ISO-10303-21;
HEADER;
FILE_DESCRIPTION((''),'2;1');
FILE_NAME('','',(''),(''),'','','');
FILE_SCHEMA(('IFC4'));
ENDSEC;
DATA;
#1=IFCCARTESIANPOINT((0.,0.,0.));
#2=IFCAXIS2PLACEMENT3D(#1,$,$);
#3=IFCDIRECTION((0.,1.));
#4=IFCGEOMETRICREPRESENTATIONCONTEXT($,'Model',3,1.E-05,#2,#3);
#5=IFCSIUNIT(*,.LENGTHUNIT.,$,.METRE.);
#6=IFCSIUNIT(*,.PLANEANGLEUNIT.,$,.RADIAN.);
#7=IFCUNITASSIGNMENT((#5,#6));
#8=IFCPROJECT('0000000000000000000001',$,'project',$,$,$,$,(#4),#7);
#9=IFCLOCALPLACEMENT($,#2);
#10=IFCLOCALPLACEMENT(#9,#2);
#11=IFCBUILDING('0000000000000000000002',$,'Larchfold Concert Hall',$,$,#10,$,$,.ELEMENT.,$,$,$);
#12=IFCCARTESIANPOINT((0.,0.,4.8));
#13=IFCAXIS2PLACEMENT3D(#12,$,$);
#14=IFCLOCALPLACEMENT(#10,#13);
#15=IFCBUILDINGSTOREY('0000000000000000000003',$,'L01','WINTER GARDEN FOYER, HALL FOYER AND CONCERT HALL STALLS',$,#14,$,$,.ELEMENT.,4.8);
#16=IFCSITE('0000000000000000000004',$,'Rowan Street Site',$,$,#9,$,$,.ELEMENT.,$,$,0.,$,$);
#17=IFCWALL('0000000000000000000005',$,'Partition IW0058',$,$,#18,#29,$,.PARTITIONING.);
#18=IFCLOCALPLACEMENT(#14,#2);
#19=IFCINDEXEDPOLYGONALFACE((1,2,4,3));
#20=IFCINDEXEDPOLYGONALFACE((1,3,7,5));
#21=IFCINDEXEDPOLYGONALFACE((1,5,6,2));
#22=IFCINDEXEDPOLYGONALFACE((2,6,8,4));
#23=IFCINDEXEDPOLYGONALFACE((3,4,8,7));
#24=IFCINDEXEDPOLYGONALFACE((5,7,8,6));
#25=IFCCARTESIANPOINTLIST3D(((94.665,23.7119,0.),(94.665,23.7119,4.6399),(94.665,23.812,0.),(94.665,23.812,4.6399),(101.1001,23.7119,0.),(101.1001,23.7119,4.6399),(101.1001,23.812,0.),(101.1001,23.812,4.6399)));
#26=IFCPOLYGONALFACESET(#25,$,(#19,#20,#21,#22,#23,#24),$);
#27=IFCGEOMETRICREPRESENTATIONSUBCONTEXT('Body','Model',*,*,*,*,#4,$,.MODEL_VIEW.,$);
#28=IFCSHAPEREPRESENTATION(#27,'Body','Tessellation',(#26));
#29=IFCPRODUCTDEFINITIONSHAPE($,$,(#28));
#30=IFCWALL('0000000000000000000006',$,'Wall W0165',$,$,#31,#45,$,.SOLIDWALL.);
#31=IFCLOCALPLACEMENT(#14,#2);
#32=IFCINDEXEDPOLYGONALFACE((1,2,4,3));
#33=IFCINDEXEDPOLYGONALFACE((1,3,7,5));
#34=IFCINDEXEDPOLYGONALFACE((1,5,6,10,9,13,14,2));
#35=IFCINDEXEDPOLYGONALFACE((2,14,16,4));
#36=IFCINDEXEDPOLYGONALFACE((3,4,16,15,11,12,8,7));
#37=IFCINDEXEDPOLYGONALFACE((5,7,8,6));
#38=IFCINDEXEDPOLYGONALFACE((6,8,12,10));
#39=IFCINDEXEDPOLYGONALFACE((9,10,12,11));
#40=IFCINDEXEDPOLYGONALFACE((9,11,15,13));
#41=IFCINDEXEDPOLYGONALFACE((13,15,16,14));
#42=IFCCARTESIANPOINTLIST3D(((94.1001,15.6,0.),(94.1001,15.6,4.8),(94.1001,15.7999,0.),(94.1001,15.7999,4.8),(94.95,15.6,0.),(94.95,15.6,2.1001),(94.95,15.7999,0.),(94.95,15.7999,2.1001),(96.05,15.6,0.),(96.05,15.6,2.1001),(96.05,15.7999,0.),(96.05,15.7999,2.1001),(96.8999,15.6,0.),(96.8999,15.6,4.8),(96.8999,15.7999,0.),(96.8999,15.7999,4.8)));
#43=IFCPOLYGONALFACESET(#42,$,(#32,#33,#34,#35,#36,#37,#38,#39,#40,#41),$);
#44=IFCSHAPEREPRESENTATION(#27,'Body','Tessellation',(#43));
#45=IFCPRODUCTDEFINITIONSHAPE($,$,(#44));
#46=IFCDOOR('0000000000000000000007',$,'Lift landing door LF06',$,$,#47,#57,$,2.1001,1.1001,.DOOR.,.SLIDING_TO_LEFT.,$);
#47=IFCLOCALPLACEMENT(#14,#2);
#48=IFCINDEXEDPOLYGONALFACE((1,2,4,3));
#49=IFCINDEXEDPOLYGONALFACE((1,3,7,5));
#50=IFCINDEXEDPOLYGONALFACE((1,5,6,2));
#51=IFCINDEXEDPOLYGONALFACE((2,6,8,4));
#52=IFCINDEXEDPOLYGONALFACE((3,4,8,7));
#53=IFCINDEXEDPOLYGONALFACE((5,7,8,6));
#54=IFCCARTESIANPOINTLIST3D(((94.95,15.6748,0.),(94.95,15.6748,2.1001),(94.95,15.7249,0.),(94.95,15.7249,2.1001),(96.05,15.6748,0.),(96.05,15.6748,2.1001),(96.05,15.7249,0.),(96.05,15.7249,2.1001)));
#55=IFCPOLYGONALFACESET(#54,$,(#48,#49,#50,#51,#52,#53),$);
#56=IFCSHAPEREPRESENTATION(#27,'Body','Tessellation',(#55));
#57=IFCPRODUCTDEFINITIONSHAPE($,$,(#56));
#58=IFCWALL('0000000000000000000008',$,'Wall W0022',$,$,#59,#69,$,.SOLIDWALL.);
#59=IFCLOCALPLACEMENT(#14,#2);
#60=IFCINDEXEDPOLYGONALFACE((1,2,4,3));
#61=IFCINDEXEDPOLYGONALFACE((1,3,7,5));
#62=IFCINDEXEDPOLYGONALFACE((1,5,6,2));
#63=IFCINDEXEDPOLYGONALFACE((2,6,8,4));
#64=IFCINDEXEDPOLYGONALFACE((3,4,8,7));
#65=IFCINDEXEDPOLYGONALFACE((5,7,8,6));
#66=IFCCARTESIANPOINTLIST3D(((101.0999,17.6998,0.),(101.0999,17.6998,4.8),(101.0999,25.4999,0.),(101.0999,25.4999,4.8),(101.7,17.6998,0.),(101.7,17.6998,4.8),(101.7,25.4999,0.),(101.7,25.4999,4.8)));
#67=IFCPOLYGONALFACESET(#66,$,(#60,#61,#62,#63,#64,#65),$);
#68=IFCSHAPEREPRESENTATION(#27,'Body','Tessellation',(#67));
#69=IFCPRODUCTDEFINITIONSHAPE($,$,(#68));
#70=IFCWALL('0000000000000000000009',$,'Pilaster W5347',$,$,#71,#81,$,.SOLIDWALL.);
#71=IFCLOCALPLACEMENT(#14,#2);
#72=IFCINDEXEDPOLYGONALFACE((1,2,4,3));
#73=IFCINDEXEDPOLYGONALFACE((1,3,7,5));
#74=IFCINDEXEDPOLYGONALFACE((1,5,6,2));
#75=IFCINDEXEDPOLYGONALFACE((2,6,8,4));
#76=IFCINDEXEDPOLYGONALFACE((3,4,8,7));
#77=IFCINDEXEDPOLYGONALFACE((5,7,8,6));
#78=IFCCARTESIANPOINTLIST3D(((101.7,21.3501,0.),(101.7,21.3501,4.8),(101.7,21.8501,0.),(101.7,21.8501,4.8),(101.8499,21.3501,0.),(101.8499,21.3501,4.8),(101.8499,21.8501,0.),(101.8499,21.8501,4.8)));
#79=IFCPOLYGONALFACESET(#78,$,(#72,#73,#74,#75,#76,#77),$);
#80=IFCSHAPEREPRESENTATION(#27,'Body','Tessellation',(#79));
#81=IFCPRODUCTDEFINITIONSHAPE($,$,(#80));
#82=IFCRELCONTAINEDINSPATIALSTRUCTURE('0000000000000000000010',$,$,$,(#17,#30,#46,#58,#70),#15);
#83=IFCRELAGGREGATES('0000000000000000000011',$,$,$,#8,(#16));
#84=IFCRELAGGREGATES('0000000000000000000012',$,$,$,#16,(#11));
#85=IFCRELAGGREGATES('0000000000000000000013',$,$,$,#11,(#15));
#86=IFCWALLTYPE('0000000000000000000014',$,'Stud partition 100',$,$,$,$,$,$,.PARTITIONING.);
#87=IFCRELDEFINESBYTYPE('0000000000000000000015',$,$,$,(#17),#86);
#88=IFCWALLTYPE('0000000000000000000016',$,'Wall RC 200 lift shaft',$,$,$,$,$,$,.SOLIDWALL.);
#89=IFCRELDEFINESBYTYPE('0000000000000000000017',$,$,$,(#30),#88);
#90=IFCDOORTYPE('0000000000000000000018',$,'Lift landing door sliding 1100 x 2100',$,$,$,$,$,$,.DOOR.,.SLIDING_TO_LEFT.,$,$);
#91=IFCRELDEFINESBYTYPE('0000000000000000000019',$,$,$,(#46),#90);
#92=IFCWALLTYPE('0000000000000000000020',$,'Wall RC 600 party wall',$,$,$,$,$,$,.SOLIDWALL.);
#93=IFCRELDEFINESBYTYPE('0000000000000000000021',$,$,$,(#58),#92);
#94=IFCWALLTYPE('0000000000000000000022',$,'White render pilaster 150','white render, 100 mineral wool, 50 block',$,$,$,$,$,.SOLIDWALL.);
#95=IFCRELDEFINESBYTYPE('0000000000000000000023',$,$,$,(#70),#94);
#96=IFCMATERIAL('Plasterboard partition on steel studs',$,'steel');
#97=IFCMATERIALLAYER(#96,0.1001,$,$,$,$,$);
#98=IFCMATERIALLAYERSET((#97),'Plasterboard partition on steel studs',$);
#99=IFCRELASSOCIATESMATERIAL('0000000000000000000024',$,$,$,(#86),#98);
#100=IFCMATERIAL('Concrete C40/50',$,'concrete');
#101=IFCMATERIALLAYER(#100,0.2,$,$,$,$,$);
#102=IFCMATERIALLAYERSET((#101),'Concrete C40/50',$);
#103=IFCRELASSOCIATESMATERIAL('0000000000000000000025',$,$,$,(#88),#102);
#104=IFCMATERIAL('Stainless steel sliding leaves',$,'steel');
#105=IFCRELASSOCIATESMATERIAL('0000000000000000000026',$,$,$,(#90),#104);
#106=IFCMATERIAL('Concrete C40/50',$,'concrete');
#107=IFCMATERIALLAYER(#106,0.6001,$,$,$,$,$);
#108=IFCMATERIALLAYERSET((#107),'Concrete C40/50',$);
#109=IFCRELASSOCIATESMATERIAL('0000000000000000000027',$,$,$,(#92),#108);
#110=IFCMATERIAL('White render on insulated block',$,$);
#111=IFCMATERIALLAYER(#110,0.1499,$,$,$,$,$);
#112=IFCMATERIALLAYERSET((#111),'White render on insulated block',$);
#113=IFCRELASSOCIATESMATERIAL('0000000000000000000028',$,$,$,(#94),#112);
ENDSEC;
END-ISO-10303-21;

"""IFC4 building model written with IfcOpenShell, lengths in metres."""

from ifc_helpers import new_model, si_unit, direction, frame, frame_2d, origin, place, context, subcontext, project, spatial, rectangle, extrude, material, layer, layer_set, type_object, element, fill, save


model = new_model("IFC4")

# Units and contexts
model_context = context("Model", 3, precision=1e-05, world=origin(), true_north=direction((0.0, 1.0)))
body_context = subcontext(model_context, "Body", "Model", "MODEL_VIEW")
ifc_project = project(units=[si_unit("LENGTHUNIT", "METRE"), si_unit("PLANEANGLEUNIT", "RADIAN")], contexts=[model_context])

# Site, building, storey
site_placement = place(None, origin())
site = spatial("IfcSite", under=ifc_project, at=site_placement, Name="Rowan Street Site", CompositionType="ELEMENT", RefElevation=0.0)
building_placement = place(site_placement, origin())
building = spatial("IfcBuilding", under=site, at=building_placement, Name="Larchfold Concert Hall", CompositionType="ELEMENT")
storey_placement = place(building_placement, frame((0.0, 0.0, 4.8)))
storey = spatial("IfcBuildingStorey", under=building, at=storey_placement, Name="L01", Description="WINTER GARDEN FOYER, HALL FOYER AND CONCERT HALL STALLS", CompositionType="ELEMENT", Elevation=4.8)

# Wall
ifc_material_1 = material(Name="Plasterboard partition on steel studs", Category="steel")
ifc_layer_1 = layer(ifc_material_1, 0.1001)
ifc_layer_set_1 = layer_set([ifc_layer_1], Name="Plasterboard partition on steel studs")
wall_type_1 = type_object("IfcWallType", Name="Stud partition 100", PredefinedType="PARTITIONING", material=ifc_layer_set_1)
wall_1_placement = place(storey_placement, frame((94.665, 23.762, 0.0), z_axis=(0.0, 0.0, 1.0), x_axis=(1.0, 0.0, 0.0)))
element("IfcWall", 1, at=wall_1_placement, inside=storey, type_object=wall_type_1, Name="Partition IW0058", PredefinedType="PARTITIONING", context=body_context, shape_type="SweptSolid", body=[
    extrude(rectangle(XDim=6.4351, YDim=0.1001, at=frame_2d((3.2175, 0.0))), origin(), (0.0, 0.0, 1.0), 4.6399),
])

# Wall, opening, door
ifc_material_2 = material(Name="Concrete C40/50", Category="concrete")
ifc_layer_2 = layer(ifc_material_2, 0.2)
ifc_layer_set_2 = layer_set([ifc_layer_2], Name="Concrete C40/50")
wall_type_2 = type_object("IfcWallType", Name="Wall RC 200 lift shaft", PredefinedType="SOLIDWALL", material=ifc_layer_set_2)
wall_2_placement = place(storey_placement, frame((94.1001, 15.7, 0.0), z_axis=(0.0, 0.0, 1.0), x_axis=(1.0, 0.0, 0.0)))
wall_2 = element("IfcWall", 2, at=wall_2_placement, inside=storey, type_object=wall_type_2, Name="Wall W0165", PredefinedType="SOLIDWALL", context=body_context, shape_type="SweptSolid", body=[
    extrude(rectangle(XDim=2.7998, YDim=0.2, at=frame_2d((1.3999, 0.0))), origin(), (0.0, 0.0, 1.0), 4.8),
])
opening_1_placement = place(wall_2_placement, frame((0.8499, 0.0, 0.0)))
opening_1 = element("IfcOpeningElement", 3, at=opening_1_placement, cuts=wall_2, PredefinedType="OPENING", context=body_context, shape_type="SweptSolid", body=[
    extrude(rectangle(XDim=1.1001, YDim=2.1001, at=frame_2d((0.55, 1.05))), frame((0.0, 0.1099, 0.0), z_axis=(0.0, -1.0, 0.0), x_axis=(1.0, 0.0, 0.0)), (0.0, 0.0, 1.0), 0.22),
])
ifc_material_3 = material(Name="Stainless steel sliding leaves", Category="steel")
door_type_1 = type_object("IfcDoorType", Name="Lift landing door sliding 1100 x 2100", OperationType="SLIDING_TO_LEFT", PredefinedType="DOOR", material=ifc_material_3)
door_1_placement = place(opening_1_placement, origin())
door_1 = element("IfcDoor", 4, at=door_1_placement, inside=storey, type_object=door_type_1, Name="Lift landing door LF06", OperationType="SLIDING_TO_LEFT", OverallHeight=2.1001, OverallWidth=1.1001, PredefinedType="DOOR", context=body_context, shape_type="SweptSolid", body=[
    extrude(rectangle(XDim=1.1001, YDim=2.1001, at=frame_2d((0.55, 1.05))), frame((0.0, 0.0249, 0.0), z_axis=(0.0, -1.0, 0.0), x_axis=(1.0, 0.0, 0.0)), (0.0, 0.0, 1.0), 0.05),
])
fill(opening_1, door_1)

# Walls
ifc_material_4 = material(Name="Concrete C40/50", Category="concrete")
ifc_layer_3 = layer(ifc_material_4, 0.6001)
ifc_layer_set_3 = layer_set([ifc_layer_3], Name="Concrete C40/50")
wall_type_3 = type_object("IfcWallType", Name="Wall RC 600 party wall", PredefinedType="SOLIDWALL", material=ifc_layer_set_3)
wall_3_placement = place(storey_placement, frame((101.3999, 17.7, 0.0), z_axis=(0.0, 0.0, 1.0), x_axis=(0.0, 1.0, 0.0)))
element("IfcWall", 5, at=wall_3_placement, inside=storey, type_object=wall_type_3, Name="Wall W0022", PredefinedType="SOLIDWALL", context=body_context, shape_type="SweptSolid", body=[
    extrude(rectangle(XDim=7.8, YDim=0.6001, at=frame_2d((3.8999, 0.0))), origin(), (0.0, 0.0, 1.0), 4.8),
])
ifc_material_5 = material(Name="White render on insulated block")
ifc_layer_4 = layer(ifc_material_5, 0.1499)
ifc_layer_set_4 = layer_set([ifc_layer_4], Name="White render on insulated block")
wall_type_4 = type_object("IfcWallType", Name="White render pilaster 150", Description="white render, 100 mineral wool, 50 block", PredefinedType="SOLIDWALL", material=ifc_layer_set_4)
wall_4_placement = place(storey_placement, frame((101.7749, 21.3501, 0.0), z_axis=(0.0, 0.0, 1.0), x_axis=(0.0, 1.0, 0.0)))
element("IfcWall", 6, at=wall_4_placement, inside=storey, type_object=wall_type_4, Name="Pilaster W5347", PredefinedType="SOLIDWALL", context=body_context, shape_type="SweptSolid", body=[
    extrude(rectangle(XDim=0.5, YDim=0.1499, at=frame_2d((0.25, 0.0))), origin(), (0.0, 0.0, 1.0), 4.8),
])

save(model, "model.ifc")
